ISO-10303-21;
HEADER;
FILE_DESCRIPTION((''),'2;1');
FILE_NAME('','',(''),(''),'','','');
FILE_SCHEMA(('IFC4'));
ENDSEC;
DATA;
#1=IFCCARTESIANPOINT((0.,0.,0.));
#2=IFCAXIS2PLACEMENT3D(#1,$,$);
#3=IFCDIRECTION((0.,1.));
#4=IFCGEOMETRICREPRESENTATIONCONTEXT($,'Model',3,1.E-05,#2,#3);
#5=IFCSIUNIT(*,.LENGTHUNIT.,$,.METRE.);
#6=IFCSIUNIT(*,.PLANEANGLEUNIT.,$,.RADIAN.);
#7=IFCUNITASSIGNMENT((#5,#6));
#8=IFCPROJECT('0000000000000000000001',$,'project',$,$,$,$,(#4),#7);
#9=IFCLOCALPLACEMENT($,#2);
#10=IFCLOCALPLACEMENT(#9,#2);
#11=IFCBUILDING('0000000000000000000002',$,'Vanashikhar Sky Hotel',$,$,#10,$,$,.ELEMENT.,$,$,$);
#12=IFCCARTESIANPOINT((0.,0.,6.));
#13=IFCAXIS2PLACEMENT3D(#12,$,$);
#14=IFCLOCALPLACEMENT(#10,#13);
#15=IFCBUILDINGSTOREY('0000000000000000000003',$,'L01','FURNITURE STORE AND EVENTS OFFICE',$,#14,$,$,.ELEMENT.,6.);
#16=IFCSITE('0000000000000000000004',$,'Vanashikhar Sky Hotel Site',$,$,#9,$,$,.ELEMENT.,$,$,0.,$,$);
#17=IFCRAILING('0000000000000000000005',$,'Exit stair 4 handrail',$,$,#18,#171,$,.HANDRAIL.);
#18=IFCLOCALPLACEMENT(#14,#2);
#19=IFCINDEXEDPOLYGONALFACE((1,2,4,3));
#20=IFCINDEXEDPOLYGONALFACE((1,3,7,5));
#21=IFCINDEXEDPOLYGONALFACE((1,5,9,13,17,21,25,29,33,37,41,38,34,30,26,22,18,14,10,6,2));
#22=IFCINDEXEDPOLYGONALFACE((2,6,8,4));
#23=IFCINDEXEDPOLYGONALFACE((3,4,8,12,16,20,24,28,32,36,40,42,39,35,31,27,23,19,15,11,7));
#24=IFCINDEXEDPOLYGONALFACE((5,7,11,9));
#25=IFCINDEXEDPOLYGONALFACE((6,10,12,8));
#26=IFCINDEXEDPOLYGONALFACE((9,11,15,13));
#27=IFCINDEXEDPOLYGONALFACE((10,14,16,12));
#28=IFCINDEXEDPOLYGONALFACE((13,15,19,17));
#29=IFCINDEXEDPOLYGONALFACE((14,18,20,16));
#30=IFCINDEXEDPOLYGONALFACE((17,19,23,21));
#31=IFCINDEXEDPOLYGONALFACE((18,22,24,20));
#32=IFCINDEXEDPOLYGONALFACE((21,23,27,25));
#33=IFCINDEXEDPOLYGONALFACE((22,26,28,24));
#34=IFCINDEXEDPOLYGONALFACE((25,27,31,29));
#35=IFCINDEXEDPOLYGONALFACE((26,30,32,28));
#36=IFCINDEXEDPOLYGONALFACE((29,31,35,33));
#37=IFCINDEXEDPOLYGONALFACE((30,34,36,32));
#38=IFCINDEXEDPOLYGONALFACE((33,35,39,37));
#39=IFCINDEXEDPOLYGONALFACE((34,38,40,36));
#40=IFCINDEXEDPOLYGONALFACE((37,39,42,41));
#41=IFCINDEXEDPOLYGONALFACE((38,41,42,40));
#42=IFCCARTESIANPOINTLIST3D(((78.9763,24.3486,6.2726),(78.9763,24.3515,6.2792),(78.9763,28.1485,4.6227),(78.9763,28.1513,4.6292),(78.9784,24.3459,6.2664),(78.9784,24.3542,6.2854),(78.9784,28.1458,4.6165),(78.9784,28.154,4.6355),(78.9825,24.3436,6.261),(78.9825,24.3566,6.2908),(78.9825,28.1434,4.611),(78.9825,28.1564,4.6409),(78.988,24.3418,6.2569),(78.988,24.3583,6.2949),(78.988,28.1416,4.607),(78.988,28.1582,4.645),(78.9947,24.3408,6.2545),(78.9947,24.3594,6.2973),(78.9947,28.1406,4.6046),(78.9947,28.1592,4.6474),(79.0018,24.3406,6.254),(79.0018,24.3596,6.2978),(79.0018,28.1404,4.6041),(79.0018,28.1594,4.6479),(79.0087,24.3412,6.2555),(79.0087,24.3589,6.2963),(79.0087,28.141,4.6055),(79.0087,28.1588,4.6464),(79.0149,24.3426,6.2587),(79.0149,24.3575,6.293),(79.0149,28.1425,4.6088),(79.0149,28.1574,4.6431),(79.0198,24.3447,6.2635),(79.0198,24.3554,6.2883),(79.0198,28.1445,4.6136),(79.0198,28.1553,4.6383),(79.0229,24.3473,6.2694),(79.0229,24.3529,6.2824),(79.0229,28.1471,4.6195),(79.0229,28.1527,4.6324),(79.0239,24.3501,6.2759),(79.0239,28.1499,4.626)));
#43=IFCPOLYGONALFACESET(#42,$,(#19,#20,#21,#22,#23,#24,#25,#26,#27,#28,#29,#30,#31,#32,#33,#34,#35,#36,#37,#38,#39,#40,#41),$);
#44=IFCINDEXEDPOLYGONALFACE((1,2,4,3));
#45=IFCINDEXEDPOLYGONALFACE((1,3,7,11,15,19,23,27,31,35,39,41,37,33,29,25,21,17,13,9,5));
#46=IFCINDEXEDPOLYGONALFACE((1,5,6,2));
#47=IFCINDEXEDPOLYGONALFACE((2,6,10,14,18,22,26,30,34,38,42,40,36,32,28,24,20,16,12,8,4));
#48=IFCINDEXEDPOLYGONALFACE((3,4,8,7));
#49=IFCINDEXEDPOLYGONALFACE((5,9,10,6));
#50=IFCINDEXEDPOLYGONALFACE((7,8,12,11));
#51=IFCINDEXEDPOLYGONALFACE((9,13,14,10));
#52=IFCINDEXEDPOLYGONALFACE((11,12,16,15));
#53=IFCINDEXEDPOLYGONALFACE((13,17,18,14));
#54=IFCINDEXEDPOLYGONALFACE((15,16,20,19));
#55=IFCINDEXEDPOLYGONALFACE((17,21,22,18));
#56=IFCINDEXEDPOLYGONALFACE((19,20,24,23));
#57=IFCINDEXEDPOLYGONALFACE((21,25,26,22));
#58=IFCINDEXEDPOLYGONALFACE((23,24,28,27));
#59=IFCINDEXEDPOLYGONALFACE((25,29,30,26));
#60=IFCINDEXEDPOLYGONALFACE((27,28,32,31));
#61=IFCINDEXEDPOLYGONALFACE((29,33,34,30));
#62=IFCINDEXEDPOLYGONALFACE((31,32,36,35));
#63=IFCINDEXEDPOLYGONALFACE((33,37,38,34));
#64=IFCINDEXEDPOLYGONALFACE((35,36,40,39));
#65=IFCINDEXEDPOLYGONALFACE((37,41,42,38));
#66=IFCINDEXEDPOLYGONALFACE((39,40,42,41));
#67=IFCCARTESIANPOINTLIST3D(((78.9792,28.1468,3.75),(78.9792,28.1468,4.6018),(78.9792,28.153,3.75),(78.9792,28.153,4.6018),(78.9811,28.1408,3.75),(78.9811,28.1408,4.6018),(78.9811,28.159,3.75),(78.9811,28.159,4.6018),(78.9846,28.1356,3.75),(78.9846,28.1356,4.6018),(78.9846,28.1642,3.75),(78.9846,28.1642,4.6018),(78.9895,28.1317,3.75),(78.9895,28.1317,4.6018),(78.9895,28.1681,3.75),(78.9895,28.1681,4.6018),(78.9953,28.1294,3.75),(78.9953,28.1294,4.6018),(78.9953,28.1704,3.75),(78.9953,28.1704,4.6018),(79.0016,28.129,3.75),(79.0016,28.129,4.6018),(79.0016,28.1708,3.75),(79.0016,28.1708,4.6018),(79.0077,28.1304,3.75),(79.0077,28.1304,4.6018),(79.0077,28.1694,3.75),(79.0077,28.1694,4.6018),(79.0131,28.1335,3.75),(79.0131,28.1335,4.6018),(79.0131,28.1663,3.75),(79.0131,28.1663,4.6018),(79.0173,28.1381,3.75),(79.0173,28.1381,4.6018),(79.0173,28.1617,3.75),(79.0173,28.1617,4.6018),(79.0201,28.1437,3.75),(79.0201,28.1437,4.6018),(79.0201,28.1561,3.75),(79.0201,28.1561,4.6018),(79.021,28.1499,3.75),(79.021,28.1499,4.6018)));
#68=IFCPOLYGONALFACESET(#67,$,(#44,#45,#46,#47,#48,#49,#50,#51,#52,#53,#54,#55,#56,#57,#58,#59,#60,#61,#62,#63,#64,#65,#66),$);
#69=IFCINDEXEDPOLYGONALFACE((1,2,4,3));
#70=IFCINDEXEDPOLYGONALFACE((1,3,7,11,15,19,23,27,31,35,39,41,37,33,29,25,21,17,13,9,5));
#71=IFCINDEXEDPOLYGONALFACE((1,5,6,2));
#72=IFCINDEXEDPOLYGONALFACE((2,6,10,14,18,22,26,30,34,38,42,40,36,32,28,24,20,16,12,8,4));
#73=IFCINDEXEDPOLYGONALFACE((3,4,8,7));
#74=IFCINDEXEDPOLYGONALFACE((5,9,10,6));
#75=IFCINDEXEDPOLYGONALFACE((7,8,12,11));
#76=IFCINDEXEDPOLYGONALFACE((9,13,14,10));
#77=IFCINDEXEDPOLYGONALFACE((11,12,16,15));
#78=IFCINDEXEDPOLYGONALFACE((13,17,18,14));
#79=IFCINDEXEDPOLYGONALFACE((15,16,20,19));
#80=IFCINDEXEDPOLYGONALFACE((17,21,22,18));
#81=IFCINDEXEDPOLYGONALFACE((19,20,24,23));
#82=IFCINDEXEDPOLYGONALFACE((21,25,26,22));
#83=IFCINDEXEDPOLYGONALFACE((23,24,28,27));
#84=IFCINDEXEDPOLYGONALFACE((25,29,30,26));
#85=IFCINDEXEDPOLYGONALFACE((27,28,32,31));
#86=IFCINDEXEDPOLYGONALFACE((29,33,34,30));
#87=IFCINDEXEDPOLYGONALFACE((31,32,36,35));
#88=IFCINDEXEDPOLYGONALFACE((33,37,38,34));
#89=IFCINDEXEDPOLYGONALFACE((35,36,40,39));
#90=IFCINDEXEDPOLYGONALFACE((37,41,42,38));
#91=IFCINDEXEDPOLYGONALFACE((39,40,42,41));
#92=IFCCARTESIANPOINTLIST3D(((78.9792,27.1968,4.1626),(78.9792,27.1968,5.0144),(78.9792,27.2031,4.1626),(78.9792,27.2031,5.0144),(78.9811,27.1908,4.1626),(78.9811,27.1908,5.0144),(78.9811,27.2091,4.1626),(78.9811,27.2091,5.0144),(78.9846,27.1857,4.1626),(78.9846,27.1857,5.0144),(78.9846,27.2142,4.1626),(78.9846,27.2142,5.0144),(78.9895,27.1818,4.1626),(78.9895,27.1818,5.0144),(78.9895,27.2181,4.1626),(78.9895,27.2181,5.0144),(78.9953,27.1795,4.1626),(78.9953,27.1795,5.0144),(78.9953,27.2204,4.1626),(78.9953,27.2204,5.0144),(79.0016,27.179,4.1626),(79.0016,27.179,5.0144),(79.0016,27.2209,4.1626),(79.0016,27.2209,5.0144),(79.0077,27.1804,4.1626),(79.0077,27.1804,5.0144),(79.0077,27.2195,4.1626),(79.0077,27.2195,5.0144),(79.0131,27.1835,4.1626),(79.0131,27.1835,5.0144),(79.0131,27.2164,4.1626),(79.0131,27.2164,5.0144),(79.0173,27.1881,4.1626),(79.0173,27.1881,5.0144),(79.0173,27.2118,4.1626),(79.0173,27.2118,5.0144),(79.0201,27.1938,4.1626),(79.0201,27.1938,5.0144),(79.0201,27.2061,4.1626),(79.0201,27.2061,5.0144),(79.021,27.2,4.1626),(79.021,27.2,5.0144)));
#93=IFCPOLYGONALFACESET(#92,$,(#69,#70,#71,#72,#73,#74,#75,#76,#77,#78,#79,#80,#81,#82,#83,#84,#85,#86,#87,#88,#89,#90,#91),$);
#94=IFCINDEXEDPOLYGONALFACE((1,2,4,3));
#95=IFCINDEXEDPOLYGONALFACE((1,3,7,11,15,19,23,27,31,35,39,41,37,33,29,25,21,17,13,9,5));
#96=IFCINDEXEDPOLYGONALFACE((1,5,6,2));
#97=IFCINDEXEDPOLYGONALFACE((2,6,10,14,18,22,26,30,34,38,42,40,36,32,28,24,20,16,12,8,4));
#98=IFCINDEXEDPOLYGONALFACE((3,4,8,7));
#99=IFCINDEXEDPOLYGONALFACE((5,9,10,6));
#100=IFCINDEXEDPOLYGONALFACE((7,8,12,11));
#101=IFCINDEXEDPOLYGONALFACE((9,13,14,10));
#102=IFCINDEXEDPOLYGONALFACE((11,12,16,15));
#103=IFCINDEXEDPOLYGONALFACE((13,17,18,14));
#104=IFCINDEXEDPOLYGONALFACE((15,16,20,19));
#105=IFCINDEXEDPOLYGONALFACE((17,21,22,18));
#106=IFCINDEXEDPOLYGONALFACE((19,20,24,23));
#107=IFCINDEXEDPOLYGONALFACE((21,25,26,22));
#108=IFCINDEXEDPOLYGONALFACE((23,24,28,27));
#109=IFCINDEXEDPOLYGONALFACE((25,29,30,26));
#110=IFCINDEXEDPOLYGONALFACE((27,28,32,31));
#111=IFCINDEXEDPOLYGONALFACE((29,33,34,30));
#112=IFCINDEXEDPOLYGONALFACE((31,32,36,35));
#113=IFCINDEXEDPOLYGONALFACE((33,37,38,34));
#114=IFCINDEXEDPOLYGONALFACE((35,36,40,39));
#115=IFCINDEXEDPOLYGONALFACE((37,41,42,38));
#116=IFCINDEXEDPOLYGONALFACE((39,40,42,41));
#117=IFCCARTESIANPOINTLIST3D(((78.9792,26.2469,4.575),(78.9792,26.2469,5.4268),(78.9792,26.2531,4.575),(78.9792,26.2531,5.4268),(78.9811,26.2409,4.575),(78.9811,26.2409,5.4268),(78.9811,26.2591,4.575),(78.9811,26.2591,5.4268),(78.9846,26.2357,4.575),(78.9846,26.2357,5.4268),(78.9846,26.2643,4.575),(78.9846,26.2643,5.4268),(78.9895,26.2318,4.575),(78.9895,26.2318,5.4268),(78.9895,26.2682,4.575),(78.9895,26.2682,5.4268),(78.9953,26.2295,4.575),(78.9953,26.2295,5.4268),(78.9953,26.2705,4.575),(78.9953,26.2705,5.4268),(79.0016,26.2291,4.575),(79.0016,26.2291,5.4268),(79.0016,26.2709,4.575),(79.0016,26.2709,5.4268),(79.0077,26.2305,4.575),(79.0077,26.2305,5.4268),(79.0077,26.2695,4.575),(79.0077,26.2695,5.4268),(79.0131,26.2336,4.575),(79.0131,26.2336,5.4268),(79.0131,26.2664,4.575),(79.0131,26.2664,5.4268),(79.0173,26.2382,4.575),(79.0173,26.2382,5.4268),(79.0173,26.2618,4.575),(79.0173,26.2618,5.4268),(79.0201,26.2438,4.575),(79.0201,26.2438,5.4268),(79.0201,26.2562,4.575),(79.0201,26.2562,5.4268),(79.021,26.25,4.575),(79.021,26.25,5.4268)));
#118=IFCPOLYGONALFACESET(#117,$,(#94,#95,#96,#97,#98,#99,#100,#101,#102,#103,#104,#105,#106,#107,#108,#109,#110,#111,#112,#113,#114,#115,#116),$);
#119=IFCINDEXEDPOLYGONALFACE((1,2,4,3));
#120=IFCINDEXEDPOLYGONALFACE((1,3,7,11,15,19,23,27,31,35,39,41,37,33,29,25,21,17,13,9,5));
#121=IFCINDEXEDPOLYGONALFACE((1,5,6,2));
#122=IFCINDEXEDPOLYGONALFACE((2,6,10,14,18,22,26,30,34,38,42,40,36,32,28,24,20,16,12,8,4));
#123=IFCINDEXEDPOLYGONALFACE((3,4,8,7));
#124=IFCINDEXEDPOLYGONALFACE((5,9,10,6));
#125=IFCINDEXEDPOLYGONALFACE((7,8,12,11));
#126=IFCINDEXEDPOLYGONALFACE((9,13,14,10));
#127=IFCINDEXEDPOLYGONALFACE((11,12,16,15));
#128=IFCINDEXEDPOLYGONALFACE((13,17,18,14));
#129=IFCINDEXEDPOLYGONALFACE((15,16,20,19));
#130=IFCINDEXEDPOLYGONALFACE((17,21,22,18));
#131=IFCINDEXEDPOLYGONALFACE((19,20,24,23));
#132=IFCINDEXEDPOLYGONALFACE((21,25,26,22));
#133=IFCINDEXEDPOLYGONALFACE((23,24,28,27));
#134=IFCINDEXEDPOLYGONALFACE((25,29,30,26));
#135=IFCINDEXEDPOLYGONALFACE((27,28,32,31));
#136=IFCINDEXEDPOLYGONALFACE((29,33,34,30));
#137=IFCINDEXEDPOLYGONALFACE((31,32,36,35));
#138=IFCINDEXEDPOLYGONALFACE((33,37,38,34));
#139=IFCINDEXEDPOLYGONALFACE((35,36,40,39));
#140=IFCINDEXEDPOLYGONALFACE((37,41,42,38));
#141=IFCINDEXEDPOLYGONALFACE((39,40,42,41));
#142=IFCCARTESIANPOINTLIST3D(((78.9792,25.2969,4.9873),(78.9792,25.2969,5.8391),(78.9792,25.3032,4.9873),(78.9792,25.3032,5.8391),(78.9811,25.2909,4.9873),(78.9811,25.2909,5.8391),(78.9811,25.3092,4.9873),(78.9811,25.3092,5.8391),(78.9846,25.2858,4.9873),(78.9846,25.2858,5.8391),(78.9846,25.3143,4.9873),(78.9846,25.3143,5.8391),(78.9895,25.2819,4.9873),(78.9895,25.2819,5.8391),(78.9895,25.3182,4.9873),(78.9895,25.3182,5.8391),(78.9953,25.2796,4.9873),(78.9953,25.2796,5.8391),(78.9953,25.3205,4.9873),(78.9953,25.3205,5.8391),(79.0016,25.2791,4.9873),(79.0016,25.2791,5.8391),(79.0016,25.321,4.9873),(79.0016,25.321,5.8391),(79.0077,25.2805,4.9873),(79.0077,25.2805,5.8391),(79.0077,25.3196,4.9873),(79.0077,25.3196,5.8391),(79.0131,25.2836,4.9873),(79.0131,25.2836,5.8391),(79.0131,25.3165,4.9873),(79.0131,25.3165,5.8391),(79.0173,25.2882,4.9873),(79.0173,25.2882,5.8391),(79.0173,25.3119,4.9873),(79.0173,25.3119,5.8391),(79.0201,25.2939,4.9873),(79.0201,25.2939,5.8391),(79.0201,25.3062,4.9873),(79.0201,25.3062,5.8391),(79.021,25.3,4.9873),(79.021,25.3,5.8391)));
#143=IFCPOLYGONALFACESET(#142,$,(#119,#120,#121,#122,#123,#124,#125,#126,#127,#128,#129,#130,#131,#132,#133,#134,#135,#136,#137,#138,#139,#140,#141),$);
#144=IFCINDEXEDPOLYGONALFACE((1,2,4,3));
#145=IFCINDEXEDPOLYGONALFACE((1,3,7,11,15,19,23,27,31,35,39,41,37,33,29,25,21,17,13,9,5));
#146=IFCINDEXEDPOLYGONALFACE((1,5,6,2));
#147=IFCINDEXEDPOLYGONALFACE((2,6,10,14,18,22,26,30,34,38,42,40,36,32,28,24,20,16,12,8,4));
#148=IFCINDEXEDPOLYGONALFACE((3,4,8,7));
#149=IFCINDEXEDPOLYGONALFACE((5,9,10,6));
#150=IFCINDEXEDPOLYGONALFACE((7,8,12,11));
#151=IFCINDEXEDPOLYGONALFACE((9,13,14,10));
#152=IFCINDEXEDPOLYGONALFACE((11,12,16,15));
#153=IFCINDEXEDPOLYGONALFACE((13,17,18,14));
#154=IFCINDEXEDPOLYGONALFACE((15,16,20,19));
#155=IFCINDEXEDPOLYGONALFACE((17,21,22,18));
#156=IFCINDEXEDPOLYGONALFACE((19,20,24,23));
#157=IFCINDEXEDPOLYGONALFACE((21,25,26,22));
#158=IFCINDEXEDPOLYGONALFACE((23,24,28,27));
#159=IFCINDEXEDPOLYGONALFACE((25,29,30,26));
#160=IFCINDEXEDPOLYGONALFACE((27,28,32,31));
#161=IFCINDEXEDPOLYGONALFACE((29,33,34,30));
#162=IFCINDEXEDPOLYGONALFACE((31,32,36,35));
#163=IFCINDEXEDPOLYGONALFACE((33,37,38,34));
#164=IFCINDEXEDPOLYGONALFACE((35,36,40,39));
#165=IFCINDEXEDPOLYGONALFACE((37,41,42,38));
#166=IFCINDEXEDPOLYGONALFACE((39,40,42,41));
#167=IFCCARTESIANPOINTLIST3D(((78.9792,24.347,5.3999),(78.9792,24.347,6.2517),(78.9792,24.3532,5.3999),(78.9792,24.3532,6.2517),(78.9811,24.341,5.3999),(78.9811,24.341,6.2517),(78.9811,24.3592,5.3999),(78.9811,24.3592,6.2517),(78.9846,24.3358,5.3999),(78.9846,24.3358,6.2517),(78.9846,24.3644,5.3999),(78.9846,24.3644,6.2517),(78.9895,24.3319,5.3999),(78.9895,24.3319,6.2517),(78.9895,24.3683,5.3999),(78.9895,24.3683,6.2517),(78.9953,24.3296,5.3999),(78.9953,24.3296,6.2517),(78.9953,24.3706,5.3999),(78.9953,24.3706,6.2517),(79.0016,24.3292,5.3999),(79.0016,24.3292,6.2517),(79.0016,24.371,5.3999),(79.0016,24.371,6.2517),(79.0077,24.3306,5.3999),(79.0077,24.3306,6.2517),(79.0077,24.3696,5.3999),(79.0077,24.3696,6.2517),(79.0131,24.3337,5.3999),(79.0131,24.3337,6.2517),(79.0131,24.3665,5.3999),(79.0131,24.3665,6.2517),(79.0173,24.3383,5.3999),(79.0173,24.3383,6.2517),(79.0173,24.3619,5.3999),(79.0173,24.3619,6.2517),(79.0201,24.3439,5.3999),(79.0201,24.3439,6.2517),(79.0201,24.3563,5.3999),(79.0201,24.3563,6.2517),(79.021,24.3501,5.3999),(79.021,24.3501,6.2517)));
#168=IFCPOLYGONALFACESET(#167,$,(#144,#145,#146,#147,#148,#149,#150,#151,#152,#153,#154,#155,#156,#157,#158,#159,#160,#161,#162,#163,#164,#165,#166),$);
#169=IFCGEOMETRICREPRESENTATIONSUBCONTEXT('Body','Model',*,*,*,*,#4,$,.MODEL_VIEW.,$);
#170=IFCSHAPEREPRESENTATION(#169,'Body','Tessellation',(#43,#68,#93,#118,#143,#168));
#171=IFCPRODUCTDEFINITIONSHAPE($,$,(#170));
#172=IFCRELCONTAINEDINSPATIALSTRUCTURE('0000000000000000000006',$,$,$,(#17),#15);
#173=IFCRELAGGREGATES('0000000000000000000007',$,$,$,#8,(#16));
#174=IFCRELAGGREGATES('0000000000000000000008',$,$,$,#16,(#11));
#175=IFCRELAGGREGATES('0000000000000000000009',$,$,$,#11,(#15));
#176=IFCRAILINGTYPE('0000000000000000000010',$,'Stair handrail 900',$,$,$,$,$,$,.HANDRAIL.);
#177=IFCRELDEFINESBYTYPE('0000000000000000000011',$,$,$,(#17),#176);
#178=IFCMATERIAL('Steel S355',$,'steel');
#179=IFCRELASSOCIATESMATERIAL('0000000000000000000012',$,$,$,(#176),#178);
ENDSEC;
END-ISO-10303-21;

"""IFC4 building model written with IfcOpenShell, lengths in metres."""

from ifc_helpers import new_model, si_unit, direction, frame, origin, origin_2d, place, context, subcontext, project, spatial, circle, extrude, source, transform, mapped, material, type_object, element, save


model = new_model("IFC4")

# Units and contexts
model_context = context("Model", 3, precision=1e-05, world=origin(), true_north=direction((0.0, 1.0)))
body_context = subcontext(model_context, "Body", "Model", "MODEL_VIEW")
ifc_project = project(units=[si_unit("LENGTHUNIT", "METRE"), si_unit("PLANEANGLEUNIT", "RADIAN")], contexts=[model_context])

# Site, building, storey
site_placement = place(None, origin())
site = spatial("IfcSite", under=ifc_project, at=site_placement, Name="Vanashikhar Sky Hotel Site", CompositionType="ELEMENT", RefElevation=0.0)
building_placement = place(site_placement, origin())
building = spatial("IfcBuilding", under=site, at=building_placement, Name="Vanashikhar Sky Hotel", CompositionType="ELEMENT")
storey_placement = place(building_placement, frame((0.0, 0.0, 6.0)))
storey = spatial("IfcBuildingStorey", under=building, at=storey_placement, Name="L01", Description="FURNITURE STORE AND EVENTS OFFICE", CompositionType="ELEMENT", Elevation=6.0)

# Railing
ifc_material_1 = material(Name="Steel S355", Category="steel")
railing_type = type_object("IfcRailingType", Name="Stair handrail 900", PredefinedType="HANDRAIL", material=ifc_material_1)
shared_shape_1 = source(origin(), body_context, "Body", "SweptSolid", [
    extrude(circle(Radius=0.0239, at=origin_2d()), frame((0.0, 0.0, 0.876), z_axis=(0.0, -0.917263, 0.398282), x_axis=(1.0, 0.0, 0.0)), (0.0, 0.0, 1.0), 4.1426),
    extrude(circle(Radius=0.021, at=origin_2d()), origin(), (0.0, 0.0, 1.0), 0.8518),
    extrude(circle(Radius=0.021, at=origin_2d()), frame((0.0, -0.95, 0.4126)), (0.0, 0.0, 1.0), 0.8518),
    extrude(circle(Radius=0.021, at=origin_2d()), frame((0.0, -1.8999, 0.825)), (0.0, 0.0, 1.0), 0.8518),
    extrude(circle(Radius=0.021, at=origin_2d()), frame((0.0, -2.8499, 1.2373)), (0.0, 0.0, 1.0), 0.8518),
    extrude(circle(Radius=0.021, at=origin_2d()), frame((0.0, -3.7998, 1.6499)), (0.0, 0.0, 1.0), 0.8518),
])
railing_1_placement = place(storey_placement, frame((79.0, 28.1499, 3.75)))
element("IfcRailing", 1, at=railing_1_placement, inside=storey, type_object=railing_type, Name="Exit stair 4 handrail", PredefinedType="HANDRAIL", context=body_context, shape_type="MappedRepresentation", body=[
    mapped(shared_shape_1, transform((0.0, 0.0, 0.0), scale=1.0)),
])

save(model, "model.ifc")
